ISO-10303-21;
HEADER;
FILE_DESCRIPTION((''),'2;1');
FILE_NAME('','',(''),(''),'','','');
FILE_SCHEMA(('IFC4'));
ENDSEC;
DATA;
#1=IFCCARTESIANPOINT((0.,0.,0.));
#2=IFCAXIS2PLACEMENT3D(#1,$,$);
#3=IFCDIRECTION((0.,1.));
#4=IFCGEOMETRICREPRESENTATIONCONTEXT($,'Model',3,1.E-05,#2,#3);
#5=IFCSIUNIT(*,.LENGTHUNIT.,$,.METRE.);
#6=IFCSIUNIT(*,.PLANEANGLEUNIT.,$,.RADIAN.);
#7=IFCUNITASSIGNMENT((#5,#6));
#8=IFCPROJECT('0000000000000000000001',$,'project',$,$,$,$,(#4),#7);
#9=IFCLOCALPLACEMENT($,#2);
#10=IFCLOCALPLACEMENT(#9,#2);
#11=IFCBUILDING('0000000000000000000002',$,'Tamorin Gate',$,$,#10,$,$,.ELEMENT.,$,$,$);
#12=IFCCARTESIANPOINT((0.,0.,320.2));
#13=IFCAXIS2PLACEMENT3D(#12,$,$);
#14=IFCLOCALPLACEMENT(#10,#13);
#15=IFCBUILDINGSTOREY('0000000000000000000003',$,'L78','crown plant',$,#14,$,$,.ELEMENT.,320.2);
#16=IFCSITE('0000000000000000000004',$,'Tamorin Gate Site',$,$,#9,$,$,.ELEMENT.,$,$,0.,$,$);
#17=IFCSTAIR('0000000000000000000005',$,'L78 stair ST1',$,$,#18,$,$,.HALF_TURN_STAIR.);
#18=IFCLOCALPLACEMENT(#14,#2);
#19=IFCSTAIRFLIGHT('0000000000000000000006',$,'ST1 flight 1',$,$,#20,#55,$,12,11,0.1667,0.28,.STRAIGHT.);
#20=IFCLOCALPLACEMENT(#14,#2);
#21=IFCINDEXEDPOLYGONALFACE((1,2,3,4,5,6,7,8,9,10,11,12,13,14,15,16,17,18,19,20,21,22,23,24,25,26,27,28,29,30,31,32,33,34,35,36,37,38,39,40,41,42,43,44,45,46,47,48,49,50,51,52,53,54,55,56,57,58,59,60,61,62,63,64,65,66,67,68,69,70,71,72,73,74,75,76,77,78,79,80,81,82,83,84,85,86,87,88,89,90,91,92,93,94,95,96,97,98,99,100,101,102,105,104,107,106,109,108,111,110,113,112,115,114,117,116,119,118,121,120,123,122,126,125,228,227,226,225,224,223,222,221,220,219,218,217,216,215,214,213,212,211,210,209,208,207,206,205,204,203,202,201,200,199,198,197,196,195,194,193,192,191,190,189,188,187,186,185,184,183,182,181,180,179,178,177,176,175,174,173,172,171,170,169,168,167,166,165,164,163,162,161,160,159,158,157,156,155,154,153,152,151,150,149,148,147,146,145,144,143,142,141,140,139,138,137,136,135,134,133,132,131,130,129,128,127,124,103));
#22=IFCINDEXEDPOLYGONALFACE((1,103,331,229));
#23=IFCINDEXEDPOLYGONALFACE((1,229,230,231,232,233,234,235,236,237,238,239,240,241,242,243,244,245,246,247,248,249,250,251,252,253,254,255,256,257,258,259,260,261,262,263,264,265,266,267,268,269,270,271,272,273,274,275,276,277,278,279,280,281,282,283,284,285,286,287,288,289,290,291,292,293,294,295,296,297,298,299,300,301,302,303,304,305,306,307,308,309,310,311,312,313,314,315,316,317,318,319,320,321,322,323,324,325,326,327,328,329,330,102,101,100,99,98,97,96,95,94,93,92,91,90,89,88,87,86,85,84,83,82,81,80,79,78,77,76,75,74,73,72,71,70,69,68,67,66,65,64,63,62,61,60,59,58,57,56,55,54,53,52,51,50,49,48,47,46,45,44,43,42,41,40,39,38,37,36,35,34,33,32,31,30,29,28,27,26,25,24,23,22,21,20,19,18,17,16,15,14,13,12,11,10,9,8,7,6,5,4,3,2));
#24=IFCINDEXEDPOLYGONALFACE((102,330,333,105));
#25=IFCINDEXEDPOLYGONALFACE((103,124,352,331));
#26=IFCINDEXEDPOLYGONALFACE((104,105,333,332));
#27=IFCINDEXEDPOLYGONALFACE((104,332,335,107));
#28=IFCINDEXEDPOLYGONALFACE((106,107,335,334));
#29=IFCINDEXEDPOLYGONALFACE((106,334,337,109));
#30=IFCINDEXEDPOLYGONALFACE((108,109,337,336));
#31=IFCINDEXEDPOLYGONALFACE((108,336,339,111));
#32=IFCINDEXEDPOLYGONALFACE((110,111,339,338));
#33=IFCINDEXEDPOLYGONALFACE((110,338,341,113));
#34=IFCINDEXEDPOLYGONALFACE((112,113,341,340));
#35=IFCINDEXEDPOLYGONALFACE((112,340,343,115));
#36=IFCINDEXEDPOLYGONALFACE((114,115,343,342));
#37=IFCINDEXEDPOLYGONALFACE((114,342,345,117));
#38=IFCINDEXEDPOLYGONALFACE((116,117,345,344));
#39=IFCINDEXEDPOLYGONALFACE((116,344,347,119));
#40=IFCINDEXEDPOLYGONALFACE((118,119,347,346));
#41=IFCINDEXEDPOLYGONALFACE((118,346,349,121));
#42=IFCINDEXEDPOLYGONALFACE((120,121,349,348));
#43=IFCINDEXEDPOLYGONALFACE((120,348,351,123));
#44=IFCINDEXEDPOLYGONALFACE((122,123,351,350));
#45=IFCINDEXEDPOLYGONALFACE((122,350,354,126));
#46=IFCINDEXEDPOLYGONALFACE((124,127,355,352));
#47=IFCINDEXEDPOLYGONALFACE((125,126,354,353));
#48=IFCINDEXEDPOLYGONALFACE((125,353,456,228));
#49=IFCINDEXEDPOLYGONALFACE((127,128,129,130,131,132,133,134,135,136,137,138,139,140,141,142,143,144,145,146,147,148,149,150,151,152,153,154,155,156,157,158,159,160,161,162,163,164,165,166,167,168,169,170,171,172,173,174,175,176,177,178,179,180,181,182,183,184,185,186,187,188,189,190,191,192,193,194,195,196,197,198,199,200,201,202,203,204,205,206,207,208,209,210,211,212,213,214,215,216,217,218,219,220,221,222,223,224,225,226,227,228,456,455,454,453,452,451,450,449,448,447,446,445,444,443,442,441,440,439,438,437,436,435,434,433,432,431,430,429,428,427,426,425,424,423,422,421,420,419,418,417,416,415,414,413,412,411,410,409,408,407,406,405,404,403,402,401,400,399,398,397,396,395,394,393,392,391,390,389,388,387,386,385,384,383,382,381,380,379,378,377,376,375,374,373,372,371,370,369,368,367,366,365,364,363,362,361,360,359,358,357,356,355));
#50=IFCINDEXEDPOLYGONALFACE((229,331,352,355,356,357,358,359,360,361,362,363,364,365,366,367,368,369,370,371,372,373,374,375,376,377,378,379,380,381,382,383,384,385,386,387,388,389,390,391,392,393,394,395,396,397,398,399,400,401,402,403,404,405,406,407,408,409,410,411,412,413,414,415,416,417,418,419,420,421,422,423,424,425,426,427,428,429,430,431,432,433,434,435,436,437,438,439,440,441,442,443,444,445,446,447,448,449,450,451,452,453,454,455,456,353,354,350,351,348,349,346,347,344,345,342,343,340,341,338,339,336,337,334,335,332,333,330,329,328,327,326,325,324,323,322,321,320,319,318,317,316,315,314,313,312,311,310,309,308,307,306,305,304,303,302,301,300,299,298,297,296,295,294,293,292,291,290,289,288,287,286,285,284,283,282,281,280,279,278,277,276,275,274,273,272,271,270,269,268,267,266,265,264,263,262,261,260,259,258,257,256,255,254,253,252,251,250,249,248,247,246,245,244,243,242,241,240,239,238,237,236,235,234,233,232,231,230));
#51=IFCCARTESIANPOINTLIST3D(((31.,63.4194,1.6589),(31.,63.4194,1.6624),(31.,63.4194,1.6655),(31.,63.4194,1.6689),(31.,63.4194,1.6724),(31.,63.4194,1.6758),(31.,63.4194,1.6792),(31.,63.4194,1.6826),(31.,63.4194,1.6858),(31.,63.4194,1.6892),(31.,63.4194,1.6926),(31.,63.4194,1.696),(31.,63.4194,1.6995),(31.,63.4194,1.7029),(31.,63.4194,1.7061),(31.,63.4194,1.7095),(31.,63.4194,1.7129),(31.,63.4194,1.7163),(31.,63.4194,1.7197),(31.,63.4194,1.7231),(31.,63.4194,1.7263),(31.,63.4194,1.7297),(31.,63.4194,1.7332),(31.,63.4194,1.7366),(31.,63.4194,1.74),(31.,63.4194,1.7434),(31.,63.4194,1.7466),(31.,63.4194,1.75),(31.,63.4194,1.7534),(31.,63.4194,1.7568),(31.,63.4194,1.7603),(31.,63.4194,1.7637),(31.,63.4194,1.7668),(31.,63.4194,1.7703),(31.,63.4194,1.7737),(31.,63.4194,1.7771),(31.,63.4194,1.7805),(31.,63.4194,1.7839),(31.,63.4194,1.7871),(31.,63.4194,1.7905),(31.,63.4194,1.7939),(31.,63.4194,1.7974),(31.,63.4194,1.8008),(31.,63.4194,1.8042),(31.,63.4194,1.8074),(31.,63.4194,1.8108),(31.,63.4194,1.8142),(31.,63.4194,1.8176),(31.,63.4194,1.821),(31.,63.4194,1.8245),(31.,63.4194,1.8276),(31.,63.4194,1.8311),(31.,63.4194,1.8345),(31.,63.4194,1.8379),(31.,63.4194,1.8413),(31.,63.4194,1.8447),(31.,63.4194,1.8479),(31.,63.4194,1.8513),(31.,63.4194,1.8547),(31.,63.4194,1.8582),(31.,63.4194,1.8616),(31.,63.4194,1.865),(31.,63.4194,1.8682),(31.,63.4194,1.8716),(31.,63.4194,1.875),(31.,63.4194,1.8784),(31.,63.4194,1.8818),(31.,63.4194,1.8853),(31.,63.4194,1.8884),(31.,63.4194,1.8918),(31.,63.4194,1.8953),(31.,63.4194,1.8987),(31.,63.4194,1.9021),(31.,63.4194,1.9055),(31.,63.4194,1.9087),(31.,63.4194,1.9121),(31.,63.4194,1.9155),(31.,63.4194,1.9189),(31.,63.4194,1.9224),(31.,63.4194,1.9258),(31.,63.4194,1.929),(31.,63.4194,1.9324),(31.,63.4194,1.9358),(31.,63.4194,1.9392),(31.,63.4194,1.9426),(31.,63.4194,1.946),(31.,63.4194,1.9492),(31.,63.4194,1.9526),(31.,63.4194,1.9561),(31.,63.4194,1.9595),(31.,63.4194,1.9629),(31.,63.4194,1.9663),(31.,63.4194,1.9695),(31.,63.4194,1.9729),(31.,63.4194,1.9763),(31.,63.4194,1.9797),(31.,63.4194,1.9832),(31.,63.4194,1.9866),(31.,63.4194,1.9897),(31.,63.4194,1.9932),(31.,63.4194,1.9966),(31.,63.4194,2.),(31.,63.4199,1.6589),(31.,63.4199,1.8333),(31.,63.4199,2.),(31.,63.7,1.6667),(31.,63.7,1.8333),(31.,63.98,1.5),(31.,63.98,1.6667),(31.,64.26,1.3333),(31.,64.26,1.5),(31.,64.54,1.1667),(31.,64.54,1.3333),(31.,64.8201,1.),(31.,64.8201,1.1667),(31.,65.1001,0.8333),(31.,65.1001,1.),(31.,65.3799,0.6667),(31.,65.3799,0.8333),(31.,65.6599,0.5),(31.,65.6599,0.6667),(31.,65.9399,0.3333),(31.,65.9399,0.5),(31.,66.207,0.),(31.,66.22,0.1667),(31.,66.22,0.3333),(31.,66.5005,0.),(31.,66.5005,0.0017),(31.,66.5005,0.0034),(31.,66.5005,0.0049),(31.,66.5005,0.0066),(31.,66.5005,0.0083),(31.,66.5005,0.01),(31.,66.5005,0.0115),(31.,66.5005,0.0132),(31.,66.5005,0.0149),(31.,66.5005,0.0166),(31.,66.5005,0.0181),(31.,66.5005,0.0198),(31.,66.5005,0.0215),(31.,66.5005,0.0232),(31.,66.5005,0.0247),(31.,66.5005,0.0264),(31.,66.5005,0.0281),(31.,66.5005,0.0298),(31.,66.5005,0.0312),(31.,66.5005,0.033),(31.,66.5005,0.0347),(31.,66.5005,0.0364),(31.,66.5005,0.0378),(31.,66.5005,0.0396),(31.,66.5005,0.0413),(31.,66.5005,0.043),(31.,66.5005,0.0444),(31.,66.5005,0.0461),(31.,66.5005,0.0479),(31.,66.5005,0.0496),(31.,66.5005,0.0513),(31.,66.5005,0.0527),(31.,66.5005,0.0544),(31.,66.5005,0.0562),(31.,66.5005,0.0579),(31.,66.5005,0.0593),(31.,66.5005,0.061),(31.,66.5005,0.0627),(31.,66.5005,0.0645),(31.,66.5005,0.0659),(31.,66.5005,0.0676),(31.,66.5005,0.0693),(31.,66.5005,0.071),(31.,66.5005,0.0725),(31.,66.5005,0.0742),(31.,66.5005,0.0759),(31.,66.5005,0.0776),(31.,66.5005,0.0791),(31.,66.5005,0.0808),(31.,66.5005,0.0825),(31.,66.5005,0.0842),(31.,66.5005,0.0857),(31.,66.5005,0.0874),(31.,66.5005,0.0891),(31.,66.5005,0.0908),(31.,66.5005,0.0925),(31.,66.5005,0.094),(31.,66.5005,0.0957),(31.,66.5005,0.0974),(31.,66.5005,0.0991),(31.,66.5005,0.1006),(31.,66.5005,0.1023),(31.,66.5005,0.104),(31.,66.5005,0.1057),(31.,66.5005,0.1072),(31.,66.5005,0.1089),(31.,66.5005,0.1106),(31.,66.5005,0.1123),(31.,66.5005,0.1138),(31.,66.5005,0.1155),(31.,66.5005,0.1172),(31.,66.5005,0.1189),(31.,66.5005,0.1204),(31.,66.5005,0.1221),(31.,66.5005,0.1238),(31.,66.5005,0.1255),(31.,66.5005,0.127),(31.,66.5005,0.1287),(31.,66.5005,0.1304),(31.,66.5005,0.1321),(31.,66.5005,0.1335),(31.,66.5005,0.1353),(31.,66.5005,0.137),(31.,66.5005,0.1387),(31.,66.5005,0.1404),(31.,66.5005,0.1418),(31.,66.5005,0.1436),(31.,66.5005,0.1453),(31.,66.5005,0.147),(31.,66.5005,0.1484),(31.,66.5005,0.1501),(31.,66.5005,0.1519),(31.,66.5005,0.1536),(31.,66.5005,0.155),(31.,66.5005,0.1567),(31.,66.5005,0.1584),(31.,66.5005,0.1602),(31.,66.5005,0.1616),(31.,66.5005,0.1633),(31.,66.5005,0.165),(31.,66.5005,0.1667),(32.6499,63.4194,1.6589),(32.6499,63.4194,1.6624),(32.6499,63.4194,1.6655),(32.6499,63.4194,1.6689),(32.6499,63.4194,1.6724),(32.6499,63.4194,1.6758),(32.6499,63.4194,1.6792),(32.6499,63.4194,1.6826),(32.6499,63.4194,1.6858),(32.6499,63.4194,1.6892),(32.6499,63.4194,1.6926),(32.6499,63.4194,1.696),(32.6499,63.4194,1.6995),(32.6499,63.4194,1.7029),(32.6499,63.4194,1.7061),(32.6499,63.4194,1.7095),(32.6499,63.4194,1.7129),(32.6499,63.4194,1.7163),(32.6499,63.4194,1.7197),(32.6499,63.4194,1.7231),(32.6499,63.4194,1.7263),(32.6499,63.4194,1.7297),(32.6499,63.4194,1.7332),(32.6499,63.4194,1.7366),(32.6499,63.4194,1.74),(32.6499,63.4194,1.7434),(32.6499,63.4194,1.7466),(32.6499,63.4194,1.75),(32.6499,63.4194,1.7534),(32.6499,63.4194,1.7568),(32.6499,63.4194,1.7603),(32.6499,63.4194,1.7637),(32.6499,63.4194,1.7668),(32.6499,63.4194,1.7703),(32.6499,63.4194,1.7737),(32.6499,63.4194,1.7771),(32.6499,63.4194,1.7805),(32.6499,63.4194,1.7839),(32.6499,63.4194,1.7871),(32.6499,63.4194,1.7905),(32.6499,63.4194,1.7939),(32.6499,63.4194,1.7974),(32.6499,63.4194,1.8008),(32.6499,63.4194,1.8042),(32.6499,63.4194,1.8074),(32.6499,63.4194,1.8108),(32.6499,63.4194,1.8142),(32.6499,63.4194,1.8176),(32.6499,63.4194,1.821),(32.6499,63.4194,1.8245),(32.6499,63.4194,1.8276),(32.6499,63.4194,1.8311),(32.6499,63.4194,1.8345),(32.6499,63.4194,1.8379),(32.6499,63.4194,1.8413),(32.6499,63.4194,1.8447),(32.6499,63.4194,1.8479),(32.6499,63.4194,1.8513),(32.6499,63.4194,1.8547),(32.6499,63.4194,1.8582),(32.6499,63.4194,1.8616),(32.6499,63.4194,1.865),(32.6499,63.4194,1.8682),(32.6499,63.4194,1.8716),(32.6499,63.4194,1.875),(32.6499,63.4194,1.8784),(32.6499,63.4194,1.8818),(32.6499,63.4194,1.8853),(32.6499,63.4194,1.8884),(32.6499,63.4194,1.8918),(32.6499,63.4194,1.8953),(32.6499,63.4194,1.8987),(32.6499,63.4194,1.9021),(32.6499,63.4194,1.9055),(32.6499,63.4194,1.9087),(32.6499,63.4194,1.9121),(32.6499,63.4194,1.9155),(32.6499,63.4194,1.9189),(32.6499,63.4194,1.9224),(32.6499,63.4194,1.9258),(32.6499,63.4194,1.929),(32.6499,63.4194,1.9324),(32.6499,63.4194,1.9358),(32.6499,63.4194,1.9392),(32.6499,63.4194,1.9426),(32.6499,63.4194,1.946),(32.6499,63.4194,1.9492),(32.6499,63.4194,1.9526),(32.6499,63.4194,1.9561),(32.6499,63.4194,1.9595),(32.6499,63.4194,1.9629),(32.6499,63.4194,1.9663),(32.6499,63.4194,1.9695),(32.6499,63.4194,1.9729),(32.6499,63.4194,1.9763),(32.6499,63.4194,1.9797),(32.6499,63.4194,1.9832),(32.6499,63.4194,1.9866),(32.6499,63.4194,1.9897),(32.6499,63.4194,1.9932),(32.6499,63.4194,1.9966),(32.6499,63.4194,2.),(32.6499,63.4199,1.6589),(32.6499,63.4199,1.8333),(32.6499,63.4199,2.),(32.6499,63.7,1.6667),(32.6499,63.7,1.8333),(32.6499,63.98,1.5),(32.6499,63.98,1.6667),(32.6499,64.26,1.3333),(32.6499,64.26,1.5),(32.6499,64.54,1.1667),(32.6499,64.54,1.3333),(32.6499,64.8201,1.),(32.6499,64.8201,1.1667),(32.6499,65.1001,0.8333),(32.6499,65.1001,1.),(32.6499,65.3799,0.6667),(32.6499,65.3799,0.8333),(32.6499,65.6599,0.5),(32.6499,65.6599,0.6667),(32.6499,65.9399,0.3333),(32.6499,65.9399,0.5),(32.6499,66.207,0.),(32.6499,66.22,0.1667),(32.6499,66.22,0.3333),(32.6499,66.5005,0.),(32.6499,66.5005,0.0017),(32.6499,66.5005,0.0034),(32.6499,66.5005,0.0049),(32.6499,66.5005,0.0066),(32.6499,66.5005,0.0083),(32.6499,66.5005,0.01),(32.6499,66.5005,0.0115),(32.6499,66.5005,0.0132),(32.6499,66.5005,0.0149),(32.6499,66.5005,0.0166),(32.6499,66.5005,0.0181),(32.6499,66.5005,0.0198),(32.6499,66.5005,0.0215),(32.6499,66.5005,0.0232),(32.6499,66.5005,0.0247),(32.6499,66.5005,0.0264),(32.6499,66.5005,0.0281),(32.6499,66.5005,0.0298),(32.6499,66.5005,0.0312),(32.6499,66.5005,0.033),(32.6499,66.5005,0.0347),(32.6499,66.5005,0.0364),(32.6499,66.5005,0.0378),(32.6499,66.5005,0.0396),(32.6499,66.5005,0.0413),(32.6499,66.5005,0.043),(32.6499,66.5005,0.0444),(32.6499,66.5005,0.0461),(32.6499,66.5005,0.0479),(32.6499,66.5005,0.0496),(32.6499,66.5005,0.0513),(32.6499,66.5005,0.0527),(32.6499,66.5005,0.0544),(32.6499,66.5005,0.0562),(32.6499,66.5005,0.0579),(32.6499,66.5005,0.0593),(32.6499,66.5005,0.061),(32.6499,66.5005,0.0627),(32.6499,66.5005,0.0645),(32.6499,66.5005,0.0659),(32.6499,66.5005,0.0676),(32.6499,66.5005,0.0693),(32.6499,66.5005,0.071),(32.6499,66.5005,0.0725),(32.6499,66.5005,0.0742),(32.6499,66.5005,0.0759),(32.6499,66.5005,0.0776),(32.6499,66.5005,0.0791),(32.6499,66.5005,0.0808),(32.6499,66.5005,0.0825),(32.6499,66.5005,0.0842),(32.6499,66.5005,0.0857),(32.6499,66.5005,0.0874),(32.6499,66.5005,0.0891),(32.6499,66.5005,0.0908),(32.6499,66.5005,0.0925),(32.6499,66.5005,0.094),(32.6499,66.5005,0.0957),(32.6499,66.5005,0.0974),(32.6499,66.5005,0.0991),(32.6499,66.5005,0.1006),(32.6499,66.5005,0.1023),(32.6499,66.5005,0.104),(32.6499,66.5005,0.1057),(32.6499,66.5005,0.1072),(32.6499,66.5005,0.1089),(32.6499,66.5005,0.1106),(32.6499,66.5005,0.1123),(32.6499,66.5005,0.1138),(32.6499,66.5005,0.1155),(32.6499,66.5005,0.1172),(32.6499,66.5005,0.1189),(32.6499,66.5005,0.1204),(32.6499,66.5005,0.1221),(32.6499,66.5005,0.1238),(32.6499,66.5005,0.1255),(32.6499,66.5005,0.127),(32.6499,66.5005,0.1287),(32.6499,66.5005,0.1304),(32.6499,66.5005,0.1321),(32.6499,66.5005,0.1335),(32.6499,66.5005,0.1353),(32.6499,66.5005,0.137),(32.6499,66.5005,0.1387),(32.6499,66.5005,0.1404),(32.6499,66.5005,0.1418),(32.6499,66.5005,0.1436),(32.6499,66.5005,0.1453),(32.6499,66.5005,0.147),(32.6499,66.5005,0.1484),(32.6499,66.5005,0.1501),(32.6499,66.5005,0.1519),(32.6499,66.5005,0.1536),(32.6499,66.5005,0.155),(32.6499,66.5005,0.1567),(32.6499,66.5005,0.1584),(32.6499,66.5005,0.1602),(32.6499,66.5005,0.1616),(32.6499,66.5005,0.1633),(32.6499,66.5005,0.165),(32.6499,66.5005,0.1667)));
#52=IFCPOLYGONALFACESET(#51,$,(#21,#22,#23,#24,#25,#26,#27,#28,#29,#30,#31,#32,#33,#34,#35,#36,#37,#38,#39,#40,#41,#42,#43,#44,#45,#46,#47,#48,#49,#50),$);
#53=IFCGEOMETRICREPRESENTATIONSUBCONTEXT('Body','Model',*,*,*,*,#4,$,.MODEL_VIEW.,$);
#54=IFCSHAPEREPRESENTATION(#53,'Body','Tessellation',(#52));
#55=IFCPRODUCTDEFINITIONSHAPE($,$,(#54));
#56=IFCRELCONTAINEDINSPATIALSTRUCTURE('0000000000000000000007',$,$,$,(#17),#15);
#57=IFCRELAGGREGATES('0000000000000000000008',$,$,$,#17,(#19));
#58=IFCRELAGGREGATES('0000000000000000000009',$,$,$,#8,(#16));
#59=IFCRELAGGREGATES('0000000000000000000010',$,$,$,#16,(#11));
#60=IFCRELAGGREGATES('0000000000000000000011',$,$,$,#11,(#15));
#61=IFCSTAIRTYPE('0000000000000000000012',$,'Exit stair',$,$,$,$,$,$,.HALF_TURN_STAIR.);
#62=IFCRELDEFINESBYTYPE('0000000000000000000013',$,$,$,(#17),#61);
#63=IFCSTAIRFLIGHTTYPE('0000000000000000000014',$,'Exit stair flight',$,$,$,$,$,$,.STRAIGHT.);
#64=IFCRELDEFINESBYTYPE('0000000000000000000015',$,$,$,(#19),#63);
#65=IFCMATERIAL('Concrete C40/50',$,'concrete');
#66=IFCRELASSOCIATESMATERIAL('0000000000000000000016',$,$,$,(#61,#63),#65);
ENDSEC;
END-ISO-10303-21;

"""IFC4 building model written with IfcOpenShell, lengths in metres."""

from ifc_helpers import new_model, si_unit, direction, frame, origin, place, context, subcontext, project, spatial, polyline, outline, extrude, material, type_object, element, aggregate, save


model = new_model("IFC4")

# Units and contexts
model_context = context("Model", 3, precision=1e-05, world=origin(), true_north=direction((0.0, 1.0)))
body_context = subcontext(model_context, "Body", "Model", "MODEL_VIEW")
ifc_project = project(units=[si_unit("LENGTHUNIT", "METRE"), si_unit("PLANEANGLEUNIT", "RADIAN")], contexts=[model_context])

# Site, building, storey
site_placement = place(None, origin())
site = spatial("IfcSite", under=ifc_project, at=site_placement, Name="Tamorin Gate Site", CompositionType="ELEMENT", RefElevation=0.0)
building_placement = place(site_placement, origin())
building = spatial("IfcBuilding", under=site, at=building_placement, Name="Tamorin Gate", CompositionType="ELEMENT")
storey_placement = place(building_placement, frame((0.0, 0.0, 320.2)))
storey = spatial("IfcBuildingStorey", under=building, at=storey_placement, Name="L78", Description="crown plant", CompositionType="ELEMENT", Elevation=320.2)

# Shared definitions
ifc_material_1 = material(Name="Concrete C40/50", Category="concrete")

# Stair, stair flight
stair_type = type_object("IfcStairType", Name="Exit stair", PredefinedType="HALF_TURN_STAIR", material=ifc_material_1)
stair_placement = place(storey_placement, origin())
stair = element("IfcStair", 1, at=stair_placement, inside=storey, type_object=stair_type, Name="L78 stair ST1", PredefinedType="HALF_TURN_STAIR")
stair_flight_type = type_object("IfcStairFlightType", Name="Exit stair flight", PredefinedType="STRAIGHT", material=ifc_material_1)
stair_flight_1_placement = place(storey_placement, frame((31.825, 66.5, 0.0), z_axis=(0.0, 0.0, 1.0), x_axis=(0.0, -1.0, 0.0)))
stair_flight_1 = element("IfcStairFlight", 2, at=stair_flight_1_placement, type_object=stair_flight_type, Name="ST1 flight 1", NumberOfRisers=12, NumberOfTreads=11, PredefinedType="STRAIGHT", RiserHeight=0.1667, TreadLength=0.28, context=body_context, shape_type="SweptSolid", body=[
    extrude(outline(polyline([(-0.0005, 0.0), (-0.0005, 0.0017), (-0.0005, 0.0034), (-0.0005, 0.0049), (-0.0005, 0.0066), (-0.0005, 0.0083), (-0.0005, 0.01), (-0.0005, 0.0115), (-0.0005, 0.0132), (-0.0005, 0.0149), (-0.0005, 0.0166), (-0.0005, 0.0181), (-0.0005, 0.0198), (-0.0005, 0.0215), (-0.0005, 0.0232), (-0.0005, 0.0247), (-0.0005, 0.0264), (-0.0005, 0.0281), (-0.0005, 0.0298), (-0.0005, 0.0312), (-0.0005, 0.033), (-0.0005, 0.0347), (-0.0005, 0.0364), (-0.0005, 0.0378), (-0.0005, 0.0396), (-0.0005, 0.0413), (-0.0005, 0.043), (-0.0005, 0.0444), (-0.0005, 0.0461), (-0.0005, 0.0479), (-0.0005, 0.0496), (-0.0005, 0.0513), (-0.0005, 0.0527), (-0.0005, 0.0544), (-0.0005, 0.0562), (-0.0005, 0.0579), (-0.0005, 0.0593), (-0.0005, 0.061), (-0.0005, 0.0627), (-0.0005, 0.0645), (-0.0005, 0.0659), (-0.0005, 0.0676), (-0.0005, 0.0693), (-0.0005, 0.071), (-0.0005, 0.0725), (-0.0005, 0.0742), (-0.0005, 0.0759), (-0.0005, 0.0776), (-0.0005, 0.0791), (-0.0005, 0.0808), (-0.0005, 0.0825), (-0.0005, 0.0842), (-0.0005, 0.0857), (-0.0005, 0.0874), (-0.0005, 0.0891), (-0.0005, 0.0908), (-0.0005, 0.0925), (-0.0005, 0.094), (-0.0005, 0.0957), (-0.0005, 0.0974), (-0.0005, 0.0991), (-0.0005, 0.1006), (-0.0005, 0.1023), (-0.0005, 0.104), (-0.0005, 0.1057), (-0.0005, 0.1072), (-0.0005, 0.1089), (-0.0005, 0.1106), (-0.0005, 0.1123), (-0.0005, 0.1138), (-0.0005, 0.1155), (-0.0005, 0.1172), (-0.0005, 0.1189), (-0.0005, 0.1204), (-0.0005, 0.1221), (-0.0005, 0.1238), (-0.0005, 0.1255), (-0.0005, 0.127), (-0.0005, 0.1287), (-0.0005, 0.1304), (-0.0005, 0.1321), (-0.0005, 0.1335), (-0.0005, 0.1353), (-0.0005, 0.137), (-0.0005, 0.1387), (-0.0005, 0.1404), (-0.0005, 0.1418), (-0.0005, 0.1436), (-0.0005, 0.1453), (-0.0005, 0.147), (-0.0005, 0.1484), (-0.0005, 0.1501), (-0.0005, 0.1519), (-0.0005, 0.1536), (-0.0005, 0.155), (-0.0005, 0.1567), (-0.0005, 0.1584), (-0.0005, 0.1602), (-0.0005, 0.1616), (-0.0005, 0.1633), (-0.0005, 0.165), (-0.0005, 0.1667), (0.28, 0.1667), (0.28, 0.3333), (0.5601, 0.3333), (0.5601, 0.5), (0.8401, 0.5), (0.8401, 0.6667), (1.1201, 0.6667), (1.1201, 0.8333), (1.3999, 0.8333), (1.3999, 1.0), (1.6799, 1.0), (1.6799, 1.1667), (1.96, 1.1667), (1.96, 1.3333), (2.24, 1.3333), (2.24, 1.5), (2.52, 1.5), (2.52, 1.6667), (2.8, 1.6667), (2.8, 1.8333), (3.0801, 1.8333), (3.0801, 2.0), (3.0806, 2.0), (3.0806, 1.9966), (3.0806, 1.9932), (3.0806, 1.9897), (3.0806, 1.9866), (3.0806, 1.9832), (3.0806, 1.9797), (3.0806, 1.9763), (3.0806, 1.9729), (3.0806, 1.9695), (3.0806, 1.9663), (3.0806, 1.9629), (3.0806, 1.9595), (3.0806, 1.9561), (3.0806, 1.9526), (3.0806, 1.9492), (3.0806, 1.946), (3.0806, 1.9426), (3.0806, 1.9392), (3.0806, 1.9358), (3.0806, 1.9324), (3.0806, 1.929), (3.0806, 1.9258), (3.0806, 1.9224), (3.0806, 1.9189), (3.0806, 1.9155), (3.0806, 1.9121), (3.0806, 1.9087), (3.0806, 1.9055), (3.0806, 1.9021), (3.0806, 1.8987), (3.0806, 1.8953), (3.0806, 1.8918), (3.0806, 1.8884), (3.0806, 1.8853), (3.0806, 1.8818), (3.0806, 1.8784), (3.0806, 1.875), (3.0806, 1.8716), (3.0806, 1.8682), (3.0806, 1.865), (3.0806, 1.8616), (3.0806, 1.8582), (3.0806, 1.8547), (3.0806, 1.8513), (3.0806, 1.8479), (3.0806, 1.8447), (3.0806, 1.8413), (3.0806, 1.8379), (3.0806, 1.8345), (3.0806, 1.8311), (3.0806, 1.8276), (3.0806, 1.8245), (3.0806, 1.821), (3.0806, 1.8176), (3.0806, 1.8142), (3.0806, 1.8108), (3.0806, 1.8074), (3.0806, 1.8042), (3.0806, 1.8008), (3.0806, 1.7974), (3.0806, 1.7939), (3.0806, 1.7905), (3.0806, 1.7871), (3.0806, 1.7839), (3.0806, 1.7805), (3.0806, 1.7771), (3.0806, 1.7737), (3.0806, 1.7703), (3.0806, 1.7668), (3.0806, 1.7637), (3.0806, 1.7603), (3.0806, 1.7568), (3.0806, 1.7534), (3.0806, 1.75), (3.0806, 1.7466), (3.0806, 1.7434), (3.0806, 1.74), (3.0806, 1.7366), (3.0806, 1.7332), (3.0806, 1.7297), (3.0806, 1.7263), (3.0806, 1.7231), (3.0806, 1.7197), (3.0806, 1.7163), (3.0806, 1.7129), (3.0806, 1.7095), (3.0806, 1.7061), (3.0806, 1.7029), (3.0806, 1.6995), (3.0806, 1.696), (3.0806, 1.6926), (3.0806, 1.6892), (3.0806, 1.6858), (3.0806, 1.6826), (3.0806, 1.6792), (3.0806, 1.6758), (3.0806, 1.6724), (3.0806, 1.6689), (3.0806, 1.6655), (3.0806, 1.6624), (3.0806, 1.6589), (3.0801, 1.6589), (0.293, 0.0), (-0.0005, 0.0)])), frame((0.0, 0.825, 0.0), z_axis=(0.0, -1.0, 0.0), x_axis=(1.0, 0.0, 0.0)), (0.0, 0.0, 1.0), 1.6499),
])
aggregate(stair, [stair_flight_1])

save(model, "model.ifc")
